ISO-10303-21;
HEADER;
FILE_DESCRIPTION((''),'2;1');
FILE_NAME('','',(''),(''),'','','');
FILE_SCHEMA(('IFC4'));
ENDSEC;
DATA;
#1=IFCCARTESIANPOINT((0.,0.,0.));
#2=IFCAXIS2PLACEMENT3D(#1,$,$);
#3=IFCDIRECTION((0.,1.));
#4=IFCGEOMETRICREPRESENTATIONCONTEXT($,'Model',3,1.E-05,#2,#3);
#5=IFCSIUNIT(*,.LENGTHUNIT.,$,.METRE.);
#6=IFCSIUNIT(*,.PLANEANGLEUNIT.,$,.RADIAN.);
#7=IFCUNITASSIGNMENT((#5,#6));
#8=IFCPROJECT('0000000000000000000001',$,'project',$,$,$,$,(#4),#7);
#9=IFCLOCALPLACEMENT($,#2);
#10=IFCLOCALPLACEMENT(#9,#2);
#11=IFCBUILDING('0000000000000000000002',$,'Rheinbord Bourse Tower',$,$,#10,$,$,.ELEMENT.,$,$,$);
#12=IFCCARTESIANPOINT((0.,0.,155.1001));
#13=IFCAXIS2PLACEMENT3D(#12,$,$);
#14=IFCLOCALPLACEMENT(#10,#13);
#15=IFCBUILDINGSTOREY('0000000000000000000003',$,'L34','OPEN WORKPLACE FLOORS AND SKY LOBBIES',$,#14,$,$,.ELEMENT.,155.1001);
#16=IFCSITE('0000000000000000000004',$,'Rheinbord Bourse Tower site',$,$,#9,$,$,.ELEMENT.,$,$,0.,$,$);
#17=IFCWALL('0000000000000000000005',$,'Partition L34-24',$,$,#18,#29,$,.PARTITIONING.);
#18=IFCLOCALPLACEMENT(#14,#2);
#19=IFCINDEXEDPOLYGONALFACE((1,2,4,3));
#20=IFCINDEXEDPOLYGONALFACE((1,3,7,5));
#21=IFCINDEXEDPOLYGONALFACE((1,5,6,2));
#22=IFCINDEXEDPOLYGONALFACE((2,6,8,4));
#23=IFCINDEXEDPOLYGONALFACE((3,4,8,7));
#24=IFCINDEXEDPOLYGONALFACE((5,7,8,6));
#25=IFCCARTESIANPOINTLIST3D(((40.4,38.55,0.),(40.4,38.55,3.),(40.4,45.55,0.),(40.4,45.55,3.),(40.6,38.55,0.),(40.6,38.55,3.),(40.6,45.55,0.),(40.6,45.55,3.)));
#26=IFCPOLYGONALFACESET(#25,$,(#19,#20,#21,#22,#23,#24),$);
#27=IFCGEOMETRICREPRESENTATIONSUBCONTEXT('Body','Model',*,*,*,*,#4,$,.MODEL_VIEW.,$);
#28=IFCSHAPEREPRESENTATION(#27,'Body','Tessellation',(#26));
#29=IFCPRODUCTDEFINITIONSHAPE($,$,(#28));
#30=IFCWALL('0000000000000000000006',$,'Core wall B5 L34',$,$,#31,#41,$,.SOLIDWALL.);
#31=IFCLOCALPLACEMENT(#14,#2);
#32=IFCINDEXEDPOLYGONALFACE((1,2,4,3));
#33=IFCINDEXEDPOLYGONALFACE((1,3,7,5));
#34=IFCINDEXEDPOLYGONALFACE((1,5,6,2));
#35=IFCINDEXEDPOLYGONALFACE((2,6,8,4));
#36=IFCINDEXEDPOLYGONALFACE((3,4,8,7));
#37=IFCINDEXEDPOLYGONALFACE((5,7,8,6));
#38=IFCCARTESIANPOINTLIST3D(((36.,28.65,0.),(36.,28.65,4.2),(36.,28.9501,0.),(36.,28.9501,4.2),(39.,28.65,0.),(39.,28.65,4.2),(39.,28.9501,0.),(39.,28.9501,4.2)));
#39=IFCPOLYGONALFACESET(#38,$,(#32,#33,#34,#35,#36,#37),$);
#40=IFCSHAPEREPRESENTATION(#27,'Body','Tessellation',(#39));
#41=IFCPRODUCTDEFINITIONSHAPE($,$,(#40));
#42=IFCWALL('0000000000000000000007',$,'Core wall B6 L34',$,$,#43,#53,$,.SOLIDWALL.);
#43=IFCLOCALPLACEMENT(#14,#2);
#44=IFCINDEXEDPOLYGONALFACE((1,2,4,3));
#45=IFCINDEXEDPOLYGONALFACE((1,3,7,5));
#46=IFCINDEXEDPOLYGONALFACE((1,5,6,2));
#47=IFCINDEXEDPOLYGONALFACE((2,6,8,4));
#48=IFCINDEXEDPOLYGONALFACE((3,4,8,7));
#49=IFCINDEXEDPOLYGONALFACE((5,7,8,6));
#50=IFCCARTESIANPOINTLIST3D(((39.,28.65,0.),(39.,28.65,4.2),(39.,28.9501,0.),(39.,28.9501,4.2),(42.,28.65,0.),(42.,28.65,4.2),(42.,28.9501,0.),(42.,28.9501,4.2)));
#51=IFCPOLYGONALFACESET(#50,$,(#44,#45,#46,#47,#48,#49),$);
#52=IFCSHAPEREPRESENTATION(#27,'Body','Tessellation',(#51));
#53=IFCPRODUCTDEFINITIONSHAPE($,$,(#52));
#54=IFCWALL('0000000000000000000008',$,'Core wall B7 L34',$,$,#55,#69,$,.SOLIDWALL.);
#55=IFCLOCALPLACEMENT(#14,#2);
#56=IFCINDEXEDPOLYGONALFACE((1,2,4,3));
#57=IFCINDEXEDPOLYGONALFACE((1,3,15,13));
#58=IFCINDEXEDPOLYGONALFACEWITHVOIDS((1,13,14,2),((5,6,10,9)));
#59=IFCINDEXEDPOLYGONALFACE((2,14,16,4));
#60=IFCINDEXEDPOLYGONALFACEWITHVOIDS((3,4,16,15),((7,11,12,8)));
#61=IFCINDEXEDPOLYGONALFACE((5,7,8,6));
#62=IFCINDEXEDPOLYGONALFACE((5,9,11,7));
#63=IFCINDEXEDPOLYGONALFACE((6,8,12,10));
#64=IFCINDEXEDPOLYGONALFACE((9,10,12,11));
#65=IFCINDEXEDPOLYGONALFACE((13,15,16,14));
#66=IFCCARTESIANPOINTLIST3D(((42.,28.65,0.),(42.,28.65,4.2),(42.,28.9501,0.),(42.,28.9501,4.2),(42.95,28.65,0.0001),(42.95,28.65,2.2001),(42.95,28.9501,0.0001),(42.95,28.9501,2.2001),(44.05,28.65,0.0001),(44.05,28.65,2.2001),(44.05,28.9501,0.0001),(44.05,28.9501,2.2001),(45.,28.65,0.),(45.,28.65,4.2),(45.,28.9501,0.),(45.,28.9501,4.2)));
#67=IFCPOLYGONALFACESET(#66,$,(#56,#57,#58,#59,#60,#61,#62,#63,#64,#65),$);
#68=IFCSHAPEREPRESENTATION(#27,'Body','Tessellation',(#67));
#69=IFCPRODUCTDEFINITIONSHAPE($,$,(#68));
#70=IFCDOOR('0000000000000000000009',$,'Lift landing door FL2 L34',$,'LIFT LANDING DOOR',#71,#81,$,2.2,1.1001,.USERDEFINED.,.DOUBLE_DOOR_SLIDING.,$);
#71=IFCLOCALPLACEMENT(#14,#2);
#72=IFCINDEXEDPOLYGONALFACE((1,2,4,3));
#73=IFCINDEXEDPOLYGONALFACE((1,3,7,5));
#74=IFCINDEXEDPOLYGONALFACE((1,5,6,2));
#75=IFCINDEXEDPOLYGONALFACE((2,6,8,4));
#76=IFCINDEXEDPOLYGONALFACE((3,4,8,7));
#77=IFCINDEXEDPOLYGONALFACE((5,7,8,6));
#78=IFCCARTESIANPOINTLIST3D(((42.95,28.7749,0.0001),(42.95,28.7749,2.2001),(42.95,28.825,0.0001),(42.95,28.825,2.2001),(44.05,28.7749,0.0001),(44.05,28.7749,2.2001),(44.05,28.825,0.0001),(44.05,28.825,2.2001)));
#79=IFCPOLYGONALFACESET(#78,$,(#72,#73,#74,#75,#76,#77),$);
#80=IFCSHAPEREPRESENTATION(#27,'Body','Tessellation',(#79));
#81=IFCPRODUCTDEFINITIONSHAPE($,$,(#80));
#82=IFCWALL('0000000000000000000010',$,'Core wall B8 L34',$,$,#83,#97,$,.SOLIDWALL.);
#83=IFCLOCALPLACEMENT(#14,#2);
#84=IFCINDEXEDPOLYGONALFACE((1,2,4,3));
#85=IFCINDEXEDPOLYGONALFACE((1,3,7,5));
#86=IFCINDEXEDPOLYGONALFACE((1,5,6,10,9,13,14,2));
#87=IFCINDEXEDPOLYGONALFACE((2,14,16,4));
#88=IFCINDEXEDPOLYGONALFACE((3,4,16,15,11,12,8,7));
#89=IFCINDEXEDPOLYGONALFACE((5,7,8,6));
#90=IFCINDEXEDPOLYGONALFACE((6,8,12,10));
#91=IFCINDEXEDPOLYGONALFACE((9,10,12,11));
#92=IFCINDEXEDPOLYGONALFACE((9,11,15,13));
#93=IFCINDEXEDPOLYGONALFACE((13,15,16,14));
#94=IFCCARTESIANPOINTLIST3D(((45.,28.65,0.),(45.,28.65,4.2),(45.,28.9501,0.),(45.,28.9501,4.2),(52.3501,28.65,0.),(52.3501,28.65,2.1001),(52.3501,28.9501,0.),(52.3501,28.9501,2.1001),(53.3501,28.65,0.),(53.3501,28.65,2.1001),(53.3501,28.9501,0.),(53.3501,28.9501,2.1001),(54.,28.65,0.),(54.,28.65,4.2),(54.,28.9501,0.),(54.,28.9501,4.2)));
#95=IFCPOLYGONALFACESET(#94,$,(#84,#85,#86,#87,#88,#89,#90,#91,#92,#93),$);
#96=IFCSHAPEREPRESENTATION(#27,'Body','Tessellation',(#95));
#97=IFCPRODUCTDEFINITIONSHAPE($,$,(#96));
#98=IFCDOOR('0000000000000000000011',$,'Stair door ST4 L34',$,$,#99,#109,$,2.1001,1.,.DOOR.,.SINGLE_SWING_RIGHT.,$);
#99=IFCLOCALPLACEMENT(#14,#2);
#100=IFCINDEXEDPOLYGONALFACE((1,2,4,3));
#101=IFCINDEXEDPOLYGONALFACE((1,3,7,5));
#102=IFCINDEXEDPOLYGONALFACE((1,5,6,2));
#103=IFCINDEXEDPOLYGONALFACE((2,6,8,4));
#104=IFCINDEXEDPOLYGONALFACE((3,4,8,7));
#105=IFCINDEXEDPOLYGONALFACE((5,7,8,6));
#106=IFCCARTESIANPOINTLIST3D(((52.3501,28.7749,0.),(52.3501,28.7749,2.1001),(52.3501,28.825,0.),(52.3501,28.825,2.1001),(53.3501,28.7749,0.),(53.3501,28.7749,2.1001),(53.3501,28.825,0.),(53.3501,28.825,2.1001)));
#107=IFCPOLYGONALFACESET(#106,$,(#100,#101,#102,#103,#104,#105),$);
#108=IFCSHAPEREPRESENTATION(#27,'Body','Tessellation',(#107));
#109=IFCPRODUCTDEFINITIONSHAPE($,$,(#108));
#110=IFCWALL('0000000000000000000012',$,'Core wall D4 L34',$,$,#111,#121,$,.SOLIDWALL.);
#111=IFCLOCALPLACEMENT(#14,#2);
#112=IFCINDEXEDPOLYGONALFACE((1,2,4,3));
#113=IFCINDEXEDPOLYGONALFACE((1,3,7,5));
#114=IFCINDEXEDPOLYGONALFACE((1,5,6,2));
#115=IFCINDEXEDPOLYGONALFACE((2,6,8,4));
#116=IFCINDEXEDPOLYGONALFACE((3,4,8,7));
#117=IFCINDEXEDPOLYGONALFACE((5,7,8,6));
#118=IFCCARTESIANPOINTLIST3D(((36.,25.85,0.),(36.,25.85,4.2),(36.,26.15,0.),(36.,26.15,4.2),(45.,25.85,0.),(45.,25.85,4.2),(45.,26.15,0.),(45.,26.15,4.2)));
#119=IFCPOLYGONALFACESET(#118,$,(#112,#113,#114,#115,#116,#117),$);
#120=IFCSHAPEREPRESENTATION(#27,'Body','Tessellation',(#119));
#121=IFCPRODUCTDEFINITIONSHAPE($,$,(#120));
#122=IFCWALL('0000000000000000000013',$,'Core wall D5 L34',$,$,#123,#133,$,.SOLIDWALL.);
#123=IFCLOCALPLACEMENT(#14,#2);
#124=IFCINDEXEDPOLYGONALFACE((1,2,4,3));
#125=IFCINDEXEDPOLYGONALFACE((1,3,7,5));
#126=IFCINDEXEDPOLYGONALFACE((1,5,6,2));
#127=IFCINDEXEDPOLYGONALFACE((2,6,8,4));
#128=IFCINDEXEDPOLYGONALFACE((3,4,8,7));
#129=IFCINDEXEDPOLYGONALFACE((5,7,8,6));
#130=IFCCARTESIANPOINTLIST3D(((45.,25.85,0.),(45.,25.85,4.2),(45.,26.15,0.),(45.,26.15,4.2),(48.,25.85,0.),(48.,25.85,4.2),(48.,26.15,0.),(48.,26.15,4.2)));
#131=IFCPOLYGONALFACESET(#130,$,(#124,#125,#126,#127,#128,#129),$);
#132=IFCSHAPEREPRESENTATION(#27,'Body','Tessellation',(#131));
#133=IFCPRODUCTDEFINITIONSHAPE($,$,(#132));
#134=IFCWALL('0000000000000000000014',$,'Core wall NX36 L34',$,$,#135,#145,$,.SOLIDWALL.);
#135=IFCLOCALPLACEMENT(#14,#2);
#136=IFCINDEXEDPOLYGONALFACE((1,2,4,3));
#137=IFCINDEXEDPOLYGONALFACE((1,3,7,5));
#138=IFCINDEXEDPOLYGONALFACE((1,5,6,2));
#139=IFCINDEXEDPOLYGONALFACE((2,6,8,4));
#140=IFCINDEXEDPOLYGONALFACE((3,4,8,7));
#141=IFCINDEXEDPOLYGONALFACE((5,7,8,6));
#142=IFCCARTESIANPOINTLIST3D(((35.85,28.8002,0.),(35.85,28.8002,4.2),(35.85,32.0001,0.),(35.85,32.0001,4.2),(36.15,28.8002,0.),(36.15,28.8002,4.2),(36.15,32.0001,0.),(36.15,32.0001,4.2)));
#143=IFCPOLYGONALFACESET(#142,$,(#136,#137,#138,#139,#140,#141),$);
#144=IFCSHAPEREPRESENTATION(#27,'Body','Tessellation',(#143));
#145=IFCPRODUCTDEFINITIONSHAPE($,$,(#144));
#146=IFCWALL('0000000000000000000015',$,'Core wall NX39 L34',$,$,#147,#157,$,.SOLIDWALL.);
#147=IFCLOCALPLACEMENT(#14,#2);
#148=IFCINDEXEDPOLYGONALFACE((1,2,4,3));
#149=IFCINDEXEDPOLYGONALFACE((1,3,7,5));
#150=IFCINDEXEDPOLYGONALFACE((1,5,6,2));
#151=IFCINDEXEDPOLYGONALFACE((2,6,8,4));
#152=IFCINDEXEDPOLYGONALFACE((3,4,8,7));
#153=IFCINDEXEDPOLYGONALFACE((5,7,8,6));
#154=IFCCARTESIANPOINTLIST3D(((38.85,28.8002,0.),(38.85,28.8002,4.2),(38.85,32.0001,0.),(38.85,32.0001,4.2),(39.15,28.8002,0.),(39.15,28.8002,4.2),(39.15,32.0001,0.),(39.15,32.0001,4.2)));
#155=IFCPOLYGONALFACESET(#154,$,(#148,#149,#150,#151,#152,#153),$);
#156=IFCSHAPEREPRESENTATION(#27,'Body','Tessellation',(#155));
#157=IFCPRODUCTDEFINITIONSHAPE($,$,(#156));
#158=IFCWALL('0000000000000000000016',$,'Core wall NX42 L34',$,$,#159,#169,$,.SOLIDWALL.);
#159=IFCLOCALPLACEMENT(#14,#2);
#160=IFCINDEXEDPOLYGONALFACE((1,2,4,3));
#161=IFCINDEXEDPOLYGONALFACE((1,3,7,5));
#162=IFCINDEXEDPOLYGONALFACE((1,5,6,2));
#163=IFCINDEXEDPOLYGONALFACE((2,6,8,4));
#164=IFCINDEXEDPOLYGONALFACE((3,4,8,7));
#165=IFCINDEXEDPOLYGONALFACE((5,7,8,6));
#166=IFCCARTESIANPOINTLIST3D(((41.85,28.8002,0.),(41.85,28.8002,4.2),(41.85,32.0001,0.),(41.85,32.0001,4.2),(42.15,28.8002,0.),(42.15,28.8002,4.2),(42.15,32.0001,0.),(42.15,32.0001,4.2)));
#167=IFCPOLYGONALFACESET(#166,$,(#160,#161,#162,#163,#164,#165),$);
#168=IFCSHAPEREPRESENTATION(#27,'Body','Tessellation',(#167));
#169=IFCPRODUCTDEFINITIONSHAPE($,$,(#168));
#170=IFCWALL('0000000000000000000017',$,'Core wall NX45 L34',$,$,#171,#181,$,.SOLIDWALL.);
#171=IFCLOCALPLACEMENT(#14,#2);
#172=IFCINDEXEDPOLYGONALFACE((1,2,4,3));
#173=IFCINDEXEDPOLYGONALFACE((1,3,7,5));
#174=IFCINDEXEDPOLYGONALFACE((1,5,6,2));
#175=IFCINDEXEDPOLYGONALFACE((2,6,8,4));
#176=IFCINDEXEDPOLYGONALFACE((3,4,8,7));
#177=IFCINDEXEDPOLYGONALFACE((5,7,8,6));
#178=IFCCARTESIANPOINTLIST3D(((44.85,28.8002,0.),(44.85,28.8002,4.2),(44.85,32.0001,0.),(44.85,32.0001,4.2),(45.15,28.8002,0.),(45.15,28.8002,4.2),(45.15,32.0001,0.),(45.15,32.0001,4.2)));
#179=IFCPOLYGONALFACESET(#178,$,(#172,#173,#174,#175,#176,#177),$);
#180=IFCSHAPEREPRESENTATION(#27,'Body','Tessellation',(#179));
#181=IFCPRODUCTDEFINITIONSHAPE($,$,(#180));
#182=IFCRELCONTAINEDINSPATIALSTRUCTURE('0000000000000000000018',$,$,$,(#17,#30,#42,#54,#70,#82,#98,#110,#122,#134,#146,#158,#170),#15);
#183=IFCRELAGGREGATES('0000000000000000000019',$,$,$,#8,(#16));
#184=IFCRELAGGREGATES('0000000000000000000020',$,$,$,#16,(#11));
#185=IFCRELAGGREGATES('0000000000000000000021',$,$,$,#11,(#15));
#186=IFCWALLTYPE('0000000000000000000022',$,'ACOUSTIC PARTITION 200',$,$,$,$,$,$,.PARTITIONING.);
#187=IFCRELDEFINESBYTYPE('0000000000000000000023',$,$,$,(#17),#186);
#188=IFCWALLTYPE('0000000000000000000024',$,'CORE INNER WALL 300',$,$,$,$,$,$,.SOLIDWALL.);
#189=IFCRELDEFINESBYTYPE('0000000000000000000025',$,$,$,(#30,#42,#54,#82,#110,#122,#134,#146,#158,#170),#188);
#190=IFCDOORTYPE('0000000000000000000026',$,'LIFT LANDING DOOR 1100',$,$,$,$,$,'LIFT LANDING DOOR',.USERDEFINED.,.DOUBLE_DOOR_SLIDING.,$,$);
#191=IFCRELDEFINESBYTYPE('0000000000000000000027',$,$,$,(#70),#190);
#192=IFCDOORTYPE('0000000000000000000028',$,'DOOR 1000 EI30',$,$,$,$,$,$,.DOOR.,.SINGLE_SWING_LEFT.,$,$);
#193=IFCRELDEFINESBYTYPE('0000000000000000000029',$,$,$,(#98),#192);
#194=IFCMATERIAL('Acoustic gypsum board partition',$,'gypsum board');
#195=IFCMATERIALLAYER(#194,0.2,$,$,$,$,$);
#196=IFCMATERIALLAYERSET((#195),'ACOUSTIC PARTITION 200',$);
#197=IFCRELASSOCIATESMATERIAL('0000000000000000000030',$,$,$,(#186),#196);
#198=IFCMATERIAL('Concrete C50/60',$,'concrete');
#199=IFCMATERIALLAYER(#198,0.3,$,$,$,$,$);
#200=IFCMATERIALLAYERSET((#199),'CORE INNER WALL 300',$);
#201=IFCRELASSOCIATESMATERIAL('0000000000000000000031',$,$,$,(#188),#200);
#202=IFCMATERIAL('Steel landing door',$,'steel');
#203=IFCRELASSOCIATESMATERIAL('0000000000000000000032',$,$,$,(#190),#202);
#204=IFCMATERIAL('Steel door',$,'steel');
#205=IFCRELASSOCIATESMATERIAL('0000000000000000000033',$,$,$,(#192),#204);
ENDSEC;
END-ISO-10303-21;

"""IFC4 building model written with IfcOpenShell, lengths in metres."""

from ifc_helpers import new_model, si_unit, direction, frame, frame_2d, origin, place, context, subcontext, project, spatial, rectangle, extrude, material, layer, layer_set, type_object, element, fill, save


model = new_model("IFC4")

# Units and contexts
model_context = context("Model", 3, precision=1e-05, world=origin(), true_north=direction((0.0, 1.0)))
body_context = subcontext(model_context, "Body", "Model", "MODEL_VIEW")
ifc_project = project(units=[si_unit("LENGTHUNIT", "METRE"), si_unit("PLANEANGLEUNIT", "RADIAN")], contexts=[model_context])

# Site, building, storey
site_placement = place(None, origin())
site = spatial("IfcSite", under=ifc_project, at=site_placement, Name="Rheinbord Bourse Tower site", CompositionType="ELEMENT", RefElevation=0.0)
building_placement = place(site_placement, origin())
building = spatial("IfcBuilding", under=site, at=building_placement, Name="Rheinbord Bourse Tower", CompositionType="ELEMENT")
storey_placement = place(building_placement, frame((0.0, 0.0, 155.1001)))
storey = spatial("IfcBuildingStorey", under=building, at=storey_placement, Name="L34", Description="OPEN WORKPLACE FLOORS AND SKY LOBBIES", CompositionType="ELEMENT", Elevation=155.1001)

# Walls
ifc_material_1 = material(Name="Acoustic gypsum board partition", Category="gypsum board")
ifc_layer_1 = layer(ifc_material_1, 0.2)
ifc_layer_set_1 = layer_set([ifc_layer_1], Name="ACOUSTIC PARTITION 200")
wall_type_1 = type_object("IfcWallType", Name="ACOUSTIC PARTITION 200", PredefinedType="PARTITIONING", material=ifc_layer_set_1)
wall_1_placement = place(storey_placement, frame((40.5, 38.55, 0.0), z_axis=(0.0, 0.0, 1.0), x_axis=(0.0, 1.0, 0.0)))
element("IfcWall", 1, at=wall_1_placement, inside=storey, type_object=wall_type_1, Name="Partition L34-24", PredefinedType="PARTITIONING", context=body_context, shape_type="SweptSolid", body=[
    extrude(rectangle(XDim=7.0, YDim=0.2, at=frame_2d((3.5, 0.0))), origin(), (0.0, 0.0, 1.0), 3.0),
])
ifc_material_2 = material(Name="Concrete C50/60", Category="concrete")
ifc_layer_2 = layer(ifc_material_2, 0.3)
ifc_layer_set_2 = layer_set([ifc_layer_2], Name="CORE INNER WALL 300")
wall_type_2 = type_object("IfcWallType", Name="CORE INNER WALL 300", PredefinedType="SOLIDWALL", material=ifc_layer_set_2)
for number, where, z_axis, x_axis, name in (
    (2, (36.0, 28.8, 0.0), (0.0, 0.0, 1.0), (1.0, 0.0, 0.0), "Core wall B5 L34"),
    (3, (39.0, 28.8, 0.0), (0.0, 0.0, 1.0), (1.0, 0.0, 0.0), "Core wall B6 L34"),
):
    element("IfcWall", number, at=place(storey_placement, frame(where, z_axis=z_axis, x_axis=x_axis)), inside=storey, type_object=wall_type_2, Name=name, PredefinedType="SOLIDWALL", context=body_context, shape_type="SweptSolid", body=[
        extrude(rectangle(XDim=3.0, YDim=0.3, at=frame_2d((1.5, 0.0))), origin(), (0.0, 0.0, 1.0), 4.2),
    ])

# Walls, openings, doors
wall_2_placement = place(storey_placement, frame((42.0, 28.8, 0.0), z_axis=(0.0, 0.0, 1.0), x_axis=(1.0, 0.0, 0.0)))
wall_2 = element("IfcWall", 4, at=wall_2_placement, inside=storey, type_object=wall_type_2, Name="Core wall B7 L34", PredefinedType="SOLIDWALL", context=body_context, shape_type="SweptSolid", body=[
    extrude(rectangle(XDim=3.0, YDim=0.3, at=frame_2d((1.5, 0.0))), origin(), (0.0, 0.0, 1.0), 4.2),
])
opening_1_placement = place(wall_2_placement, frame((0.95, 0.0, 0.0)))
opening_1 = element("IfcOpeningElement", 5, at=opening_1_placement, cuts=wall_2, PredefinedType="OPENING", context=body_context, shape_type="SweptSolid", body=[
    extrude(rectangle(XDim=1.1001, YDim=2.2, at=frame_2d((0.55, 1.1001))), frame((0.0, 0.1599, 0.0), z_axis=(0.0, -1.0, 0.0), x_axis=(1.0, 0.0, 0.0)), (0.0, 0.0, 1.0), 0.3201),
])
ifc_material_3 = material(Name="Steel landing door", Category="steel")
door_type_1 = type_object("IfcDoorType", Name="LIFT LANDING DOOR 1100", ElementType="LIFT LANDING DOOR", OperationType="DOUBLE_DOOR_SLIDING", PredefinedType="USERDEFINED", material=ifc_material_3)
door_1_placement = place(opening_1_placement, origin())
door_1 = element("IfcDoor", 6, at=door_1_placement, inside=storey, type_object=door_type_1, Name="Lift landing door FL2 L34", ObjectType="LIFT LANDING DOOR", OperationType="DOUBLE_DOOR_SLIDING", OverallHeight=2.2, OverallWidth=1.1001, PredefinedType="USERDEFINED", context=body_context, shape_type="SweptSolid", body=[
    extrude(rectangle(XDim=1.1001, YDim=2.2, at=frame_2d((0.55, 1.1001))), frame((0.0, 0.0249, 0.0), z_axis=(0.0, -1.0, 0.0), x_axis=(1.0, 0.0, 0.0)), (0.0, 0.0, 1.0), 0.05),
])
fill(opening_1, door_1)
wall_3_placement = place(storey_placement, frame((45.0, 28.8, 0.0), z_axis=(0.0, 0.0, 1.0), x_axis=(1.0, 0.0, 0.0)))
wall_3 = element("IfcWall", 7, at=wall_3_placement, inside=storey, type_object=wall_type_2, Name="Core wall B8 L34", PredefinedType="SOLIDWALL", context=body_context, shape_type="SweptSolid", body=[
    extrude(rectangle(XDim=9.0, YDim=0.3, at=frame_2d((4.5, 0.0))), origin(), (0.0, 0.0, 1.0), 4.2),
])
opening_2_placement = place(wall_3_placement, frame((7.3501, 0.0, 0.0)))
opening_2 = element("IfcOpeningElement", 8, at=opening_2_placement, cuts=wall_3, PredefinedType="OPENING", context=body_context, shape_type="SweptSolid", body=[
    extrude(rectangle(XDim=1.0, YDim=2.1001, at=frame_2d((0.5, 1.05))), frame((0.0, 0.1599, 0.0), z_axis=(0.0, -1.0, 0.0), x_axis=(1.0, 0.0, 0.0)), (0.0, 0.0, 1.0), 0.3201),
])
ifc_material_4 = material(Name="Steel door", Category="steel")
door_type_2 = type_object("IfcDoorType", Name="DOOR 1000 EI30", OperationType="SINGLE_SWING_LEFT", PredefinedType="DOOR", material=ifc_material_4)
door_2_placement = place(opening_2_placement, origin())
door_2 = element("IfcDoor", 9, at=door_2_placement, inside=storey, type_object=door_type_2, Name="Stair door ST4 L34", OperationType="SINGLE_SWING_RIGHT", OverallHeight=2.1001, OverallWidth=1.0, PredefinedType="DOOR", context=body_context, shape_type="SweptSolid", body=[
    extrude(rectangle(XDim=1.0, YDim=2.1001, at=frame_2d((0.5, 1.05))), frame((0.0, 0.0249, 0.0), z_axis=(0.0, -1.0, 0.0), x_axis=(1.0, 0.0, 0.0)), (0.0, 0.0, 1.0), 0.05),
])
fill(opening_2, door_2)

# Walls
wall_4_placement = place(storey_placement, frame((36.0, 26.0, 0.0), z_axis=(0.0, 0.0, 1.0), x_axis=(1.0, 0.0, 0.0)))
element("IfcWall", 10, at=wall_4_placement, inside=storey, type_object=wall_type_2, Name="Core wall D4 L34", PredefinedType="SOLIDWALL", context=body_context, shape_type="SweptSolid", body=[
    extrude(rectangle(XDim=9.0, YDim=0.3, at=frame_2d((4.5, 0.0))), origin(), (0.0, 0.0, 1.0), 4.2),
])
wall_5_placement = place(storey_placement, frame((45.0, 26.0, 0.0), z_axis=(0.0, 0.0, 1.0), x_axis=(1.0, 0.0, 0.0)))
element("IfcWall", 11, at=wall_5_placement, inside=storey, type_object=wall_type_2, Name="Core wall D5 L34", PredefinedType="SOLIDWALL", context=body_context, shape_type="SweptSolid", body=[
    extrude(rectangle(XDim=3.0, YDim=0.3, at=frame_2d((1.5, 0.0))), origin(), (0.0, 0.0, 1.0), 4.2),
])
for number, where, z_axis, x_axis, name in (
    (12, (36.0, 28.8, 0.0), (0.0, 0.0, 1.0), (0.0, 1.0, 0.0), "Core wall NX36 L34"),
    (13, (39.0, 28.8, 0.0), (0.0, 0.0, 1.0), (0.0, 1.0, 0.0), "Core wall NX39 L34"),
    (14, (42.0, 28.8, 0.0), (0.0, 0.0, 1.0), (0.0, 1.0, 0.0), "Core wall NX42 L34"),
    (15, (45.0, 28.8, 0.0), (0.0, 0.0, 1.0), (0.0, 1.0, 0.0), "Core wall NX45 L34"),
):
    element("IfcWall", number, at=place(storey_placement, frame(where, z_axis=z_axis, x_axis=x_axis)), inside=storey, type_object=wall_type_2, Name=name, PredefinedType="SOLIDWALL", context=body_context, shape_type="SweptSolid", body=[
        extrude(rectangle(XDim=3.2, YDim=0.3, at=frame_2d((1.6001, 0.0))), origin(), (0.0, 0.0, 1.0), 4.2),
    ])

save(model, "model.ifc")
